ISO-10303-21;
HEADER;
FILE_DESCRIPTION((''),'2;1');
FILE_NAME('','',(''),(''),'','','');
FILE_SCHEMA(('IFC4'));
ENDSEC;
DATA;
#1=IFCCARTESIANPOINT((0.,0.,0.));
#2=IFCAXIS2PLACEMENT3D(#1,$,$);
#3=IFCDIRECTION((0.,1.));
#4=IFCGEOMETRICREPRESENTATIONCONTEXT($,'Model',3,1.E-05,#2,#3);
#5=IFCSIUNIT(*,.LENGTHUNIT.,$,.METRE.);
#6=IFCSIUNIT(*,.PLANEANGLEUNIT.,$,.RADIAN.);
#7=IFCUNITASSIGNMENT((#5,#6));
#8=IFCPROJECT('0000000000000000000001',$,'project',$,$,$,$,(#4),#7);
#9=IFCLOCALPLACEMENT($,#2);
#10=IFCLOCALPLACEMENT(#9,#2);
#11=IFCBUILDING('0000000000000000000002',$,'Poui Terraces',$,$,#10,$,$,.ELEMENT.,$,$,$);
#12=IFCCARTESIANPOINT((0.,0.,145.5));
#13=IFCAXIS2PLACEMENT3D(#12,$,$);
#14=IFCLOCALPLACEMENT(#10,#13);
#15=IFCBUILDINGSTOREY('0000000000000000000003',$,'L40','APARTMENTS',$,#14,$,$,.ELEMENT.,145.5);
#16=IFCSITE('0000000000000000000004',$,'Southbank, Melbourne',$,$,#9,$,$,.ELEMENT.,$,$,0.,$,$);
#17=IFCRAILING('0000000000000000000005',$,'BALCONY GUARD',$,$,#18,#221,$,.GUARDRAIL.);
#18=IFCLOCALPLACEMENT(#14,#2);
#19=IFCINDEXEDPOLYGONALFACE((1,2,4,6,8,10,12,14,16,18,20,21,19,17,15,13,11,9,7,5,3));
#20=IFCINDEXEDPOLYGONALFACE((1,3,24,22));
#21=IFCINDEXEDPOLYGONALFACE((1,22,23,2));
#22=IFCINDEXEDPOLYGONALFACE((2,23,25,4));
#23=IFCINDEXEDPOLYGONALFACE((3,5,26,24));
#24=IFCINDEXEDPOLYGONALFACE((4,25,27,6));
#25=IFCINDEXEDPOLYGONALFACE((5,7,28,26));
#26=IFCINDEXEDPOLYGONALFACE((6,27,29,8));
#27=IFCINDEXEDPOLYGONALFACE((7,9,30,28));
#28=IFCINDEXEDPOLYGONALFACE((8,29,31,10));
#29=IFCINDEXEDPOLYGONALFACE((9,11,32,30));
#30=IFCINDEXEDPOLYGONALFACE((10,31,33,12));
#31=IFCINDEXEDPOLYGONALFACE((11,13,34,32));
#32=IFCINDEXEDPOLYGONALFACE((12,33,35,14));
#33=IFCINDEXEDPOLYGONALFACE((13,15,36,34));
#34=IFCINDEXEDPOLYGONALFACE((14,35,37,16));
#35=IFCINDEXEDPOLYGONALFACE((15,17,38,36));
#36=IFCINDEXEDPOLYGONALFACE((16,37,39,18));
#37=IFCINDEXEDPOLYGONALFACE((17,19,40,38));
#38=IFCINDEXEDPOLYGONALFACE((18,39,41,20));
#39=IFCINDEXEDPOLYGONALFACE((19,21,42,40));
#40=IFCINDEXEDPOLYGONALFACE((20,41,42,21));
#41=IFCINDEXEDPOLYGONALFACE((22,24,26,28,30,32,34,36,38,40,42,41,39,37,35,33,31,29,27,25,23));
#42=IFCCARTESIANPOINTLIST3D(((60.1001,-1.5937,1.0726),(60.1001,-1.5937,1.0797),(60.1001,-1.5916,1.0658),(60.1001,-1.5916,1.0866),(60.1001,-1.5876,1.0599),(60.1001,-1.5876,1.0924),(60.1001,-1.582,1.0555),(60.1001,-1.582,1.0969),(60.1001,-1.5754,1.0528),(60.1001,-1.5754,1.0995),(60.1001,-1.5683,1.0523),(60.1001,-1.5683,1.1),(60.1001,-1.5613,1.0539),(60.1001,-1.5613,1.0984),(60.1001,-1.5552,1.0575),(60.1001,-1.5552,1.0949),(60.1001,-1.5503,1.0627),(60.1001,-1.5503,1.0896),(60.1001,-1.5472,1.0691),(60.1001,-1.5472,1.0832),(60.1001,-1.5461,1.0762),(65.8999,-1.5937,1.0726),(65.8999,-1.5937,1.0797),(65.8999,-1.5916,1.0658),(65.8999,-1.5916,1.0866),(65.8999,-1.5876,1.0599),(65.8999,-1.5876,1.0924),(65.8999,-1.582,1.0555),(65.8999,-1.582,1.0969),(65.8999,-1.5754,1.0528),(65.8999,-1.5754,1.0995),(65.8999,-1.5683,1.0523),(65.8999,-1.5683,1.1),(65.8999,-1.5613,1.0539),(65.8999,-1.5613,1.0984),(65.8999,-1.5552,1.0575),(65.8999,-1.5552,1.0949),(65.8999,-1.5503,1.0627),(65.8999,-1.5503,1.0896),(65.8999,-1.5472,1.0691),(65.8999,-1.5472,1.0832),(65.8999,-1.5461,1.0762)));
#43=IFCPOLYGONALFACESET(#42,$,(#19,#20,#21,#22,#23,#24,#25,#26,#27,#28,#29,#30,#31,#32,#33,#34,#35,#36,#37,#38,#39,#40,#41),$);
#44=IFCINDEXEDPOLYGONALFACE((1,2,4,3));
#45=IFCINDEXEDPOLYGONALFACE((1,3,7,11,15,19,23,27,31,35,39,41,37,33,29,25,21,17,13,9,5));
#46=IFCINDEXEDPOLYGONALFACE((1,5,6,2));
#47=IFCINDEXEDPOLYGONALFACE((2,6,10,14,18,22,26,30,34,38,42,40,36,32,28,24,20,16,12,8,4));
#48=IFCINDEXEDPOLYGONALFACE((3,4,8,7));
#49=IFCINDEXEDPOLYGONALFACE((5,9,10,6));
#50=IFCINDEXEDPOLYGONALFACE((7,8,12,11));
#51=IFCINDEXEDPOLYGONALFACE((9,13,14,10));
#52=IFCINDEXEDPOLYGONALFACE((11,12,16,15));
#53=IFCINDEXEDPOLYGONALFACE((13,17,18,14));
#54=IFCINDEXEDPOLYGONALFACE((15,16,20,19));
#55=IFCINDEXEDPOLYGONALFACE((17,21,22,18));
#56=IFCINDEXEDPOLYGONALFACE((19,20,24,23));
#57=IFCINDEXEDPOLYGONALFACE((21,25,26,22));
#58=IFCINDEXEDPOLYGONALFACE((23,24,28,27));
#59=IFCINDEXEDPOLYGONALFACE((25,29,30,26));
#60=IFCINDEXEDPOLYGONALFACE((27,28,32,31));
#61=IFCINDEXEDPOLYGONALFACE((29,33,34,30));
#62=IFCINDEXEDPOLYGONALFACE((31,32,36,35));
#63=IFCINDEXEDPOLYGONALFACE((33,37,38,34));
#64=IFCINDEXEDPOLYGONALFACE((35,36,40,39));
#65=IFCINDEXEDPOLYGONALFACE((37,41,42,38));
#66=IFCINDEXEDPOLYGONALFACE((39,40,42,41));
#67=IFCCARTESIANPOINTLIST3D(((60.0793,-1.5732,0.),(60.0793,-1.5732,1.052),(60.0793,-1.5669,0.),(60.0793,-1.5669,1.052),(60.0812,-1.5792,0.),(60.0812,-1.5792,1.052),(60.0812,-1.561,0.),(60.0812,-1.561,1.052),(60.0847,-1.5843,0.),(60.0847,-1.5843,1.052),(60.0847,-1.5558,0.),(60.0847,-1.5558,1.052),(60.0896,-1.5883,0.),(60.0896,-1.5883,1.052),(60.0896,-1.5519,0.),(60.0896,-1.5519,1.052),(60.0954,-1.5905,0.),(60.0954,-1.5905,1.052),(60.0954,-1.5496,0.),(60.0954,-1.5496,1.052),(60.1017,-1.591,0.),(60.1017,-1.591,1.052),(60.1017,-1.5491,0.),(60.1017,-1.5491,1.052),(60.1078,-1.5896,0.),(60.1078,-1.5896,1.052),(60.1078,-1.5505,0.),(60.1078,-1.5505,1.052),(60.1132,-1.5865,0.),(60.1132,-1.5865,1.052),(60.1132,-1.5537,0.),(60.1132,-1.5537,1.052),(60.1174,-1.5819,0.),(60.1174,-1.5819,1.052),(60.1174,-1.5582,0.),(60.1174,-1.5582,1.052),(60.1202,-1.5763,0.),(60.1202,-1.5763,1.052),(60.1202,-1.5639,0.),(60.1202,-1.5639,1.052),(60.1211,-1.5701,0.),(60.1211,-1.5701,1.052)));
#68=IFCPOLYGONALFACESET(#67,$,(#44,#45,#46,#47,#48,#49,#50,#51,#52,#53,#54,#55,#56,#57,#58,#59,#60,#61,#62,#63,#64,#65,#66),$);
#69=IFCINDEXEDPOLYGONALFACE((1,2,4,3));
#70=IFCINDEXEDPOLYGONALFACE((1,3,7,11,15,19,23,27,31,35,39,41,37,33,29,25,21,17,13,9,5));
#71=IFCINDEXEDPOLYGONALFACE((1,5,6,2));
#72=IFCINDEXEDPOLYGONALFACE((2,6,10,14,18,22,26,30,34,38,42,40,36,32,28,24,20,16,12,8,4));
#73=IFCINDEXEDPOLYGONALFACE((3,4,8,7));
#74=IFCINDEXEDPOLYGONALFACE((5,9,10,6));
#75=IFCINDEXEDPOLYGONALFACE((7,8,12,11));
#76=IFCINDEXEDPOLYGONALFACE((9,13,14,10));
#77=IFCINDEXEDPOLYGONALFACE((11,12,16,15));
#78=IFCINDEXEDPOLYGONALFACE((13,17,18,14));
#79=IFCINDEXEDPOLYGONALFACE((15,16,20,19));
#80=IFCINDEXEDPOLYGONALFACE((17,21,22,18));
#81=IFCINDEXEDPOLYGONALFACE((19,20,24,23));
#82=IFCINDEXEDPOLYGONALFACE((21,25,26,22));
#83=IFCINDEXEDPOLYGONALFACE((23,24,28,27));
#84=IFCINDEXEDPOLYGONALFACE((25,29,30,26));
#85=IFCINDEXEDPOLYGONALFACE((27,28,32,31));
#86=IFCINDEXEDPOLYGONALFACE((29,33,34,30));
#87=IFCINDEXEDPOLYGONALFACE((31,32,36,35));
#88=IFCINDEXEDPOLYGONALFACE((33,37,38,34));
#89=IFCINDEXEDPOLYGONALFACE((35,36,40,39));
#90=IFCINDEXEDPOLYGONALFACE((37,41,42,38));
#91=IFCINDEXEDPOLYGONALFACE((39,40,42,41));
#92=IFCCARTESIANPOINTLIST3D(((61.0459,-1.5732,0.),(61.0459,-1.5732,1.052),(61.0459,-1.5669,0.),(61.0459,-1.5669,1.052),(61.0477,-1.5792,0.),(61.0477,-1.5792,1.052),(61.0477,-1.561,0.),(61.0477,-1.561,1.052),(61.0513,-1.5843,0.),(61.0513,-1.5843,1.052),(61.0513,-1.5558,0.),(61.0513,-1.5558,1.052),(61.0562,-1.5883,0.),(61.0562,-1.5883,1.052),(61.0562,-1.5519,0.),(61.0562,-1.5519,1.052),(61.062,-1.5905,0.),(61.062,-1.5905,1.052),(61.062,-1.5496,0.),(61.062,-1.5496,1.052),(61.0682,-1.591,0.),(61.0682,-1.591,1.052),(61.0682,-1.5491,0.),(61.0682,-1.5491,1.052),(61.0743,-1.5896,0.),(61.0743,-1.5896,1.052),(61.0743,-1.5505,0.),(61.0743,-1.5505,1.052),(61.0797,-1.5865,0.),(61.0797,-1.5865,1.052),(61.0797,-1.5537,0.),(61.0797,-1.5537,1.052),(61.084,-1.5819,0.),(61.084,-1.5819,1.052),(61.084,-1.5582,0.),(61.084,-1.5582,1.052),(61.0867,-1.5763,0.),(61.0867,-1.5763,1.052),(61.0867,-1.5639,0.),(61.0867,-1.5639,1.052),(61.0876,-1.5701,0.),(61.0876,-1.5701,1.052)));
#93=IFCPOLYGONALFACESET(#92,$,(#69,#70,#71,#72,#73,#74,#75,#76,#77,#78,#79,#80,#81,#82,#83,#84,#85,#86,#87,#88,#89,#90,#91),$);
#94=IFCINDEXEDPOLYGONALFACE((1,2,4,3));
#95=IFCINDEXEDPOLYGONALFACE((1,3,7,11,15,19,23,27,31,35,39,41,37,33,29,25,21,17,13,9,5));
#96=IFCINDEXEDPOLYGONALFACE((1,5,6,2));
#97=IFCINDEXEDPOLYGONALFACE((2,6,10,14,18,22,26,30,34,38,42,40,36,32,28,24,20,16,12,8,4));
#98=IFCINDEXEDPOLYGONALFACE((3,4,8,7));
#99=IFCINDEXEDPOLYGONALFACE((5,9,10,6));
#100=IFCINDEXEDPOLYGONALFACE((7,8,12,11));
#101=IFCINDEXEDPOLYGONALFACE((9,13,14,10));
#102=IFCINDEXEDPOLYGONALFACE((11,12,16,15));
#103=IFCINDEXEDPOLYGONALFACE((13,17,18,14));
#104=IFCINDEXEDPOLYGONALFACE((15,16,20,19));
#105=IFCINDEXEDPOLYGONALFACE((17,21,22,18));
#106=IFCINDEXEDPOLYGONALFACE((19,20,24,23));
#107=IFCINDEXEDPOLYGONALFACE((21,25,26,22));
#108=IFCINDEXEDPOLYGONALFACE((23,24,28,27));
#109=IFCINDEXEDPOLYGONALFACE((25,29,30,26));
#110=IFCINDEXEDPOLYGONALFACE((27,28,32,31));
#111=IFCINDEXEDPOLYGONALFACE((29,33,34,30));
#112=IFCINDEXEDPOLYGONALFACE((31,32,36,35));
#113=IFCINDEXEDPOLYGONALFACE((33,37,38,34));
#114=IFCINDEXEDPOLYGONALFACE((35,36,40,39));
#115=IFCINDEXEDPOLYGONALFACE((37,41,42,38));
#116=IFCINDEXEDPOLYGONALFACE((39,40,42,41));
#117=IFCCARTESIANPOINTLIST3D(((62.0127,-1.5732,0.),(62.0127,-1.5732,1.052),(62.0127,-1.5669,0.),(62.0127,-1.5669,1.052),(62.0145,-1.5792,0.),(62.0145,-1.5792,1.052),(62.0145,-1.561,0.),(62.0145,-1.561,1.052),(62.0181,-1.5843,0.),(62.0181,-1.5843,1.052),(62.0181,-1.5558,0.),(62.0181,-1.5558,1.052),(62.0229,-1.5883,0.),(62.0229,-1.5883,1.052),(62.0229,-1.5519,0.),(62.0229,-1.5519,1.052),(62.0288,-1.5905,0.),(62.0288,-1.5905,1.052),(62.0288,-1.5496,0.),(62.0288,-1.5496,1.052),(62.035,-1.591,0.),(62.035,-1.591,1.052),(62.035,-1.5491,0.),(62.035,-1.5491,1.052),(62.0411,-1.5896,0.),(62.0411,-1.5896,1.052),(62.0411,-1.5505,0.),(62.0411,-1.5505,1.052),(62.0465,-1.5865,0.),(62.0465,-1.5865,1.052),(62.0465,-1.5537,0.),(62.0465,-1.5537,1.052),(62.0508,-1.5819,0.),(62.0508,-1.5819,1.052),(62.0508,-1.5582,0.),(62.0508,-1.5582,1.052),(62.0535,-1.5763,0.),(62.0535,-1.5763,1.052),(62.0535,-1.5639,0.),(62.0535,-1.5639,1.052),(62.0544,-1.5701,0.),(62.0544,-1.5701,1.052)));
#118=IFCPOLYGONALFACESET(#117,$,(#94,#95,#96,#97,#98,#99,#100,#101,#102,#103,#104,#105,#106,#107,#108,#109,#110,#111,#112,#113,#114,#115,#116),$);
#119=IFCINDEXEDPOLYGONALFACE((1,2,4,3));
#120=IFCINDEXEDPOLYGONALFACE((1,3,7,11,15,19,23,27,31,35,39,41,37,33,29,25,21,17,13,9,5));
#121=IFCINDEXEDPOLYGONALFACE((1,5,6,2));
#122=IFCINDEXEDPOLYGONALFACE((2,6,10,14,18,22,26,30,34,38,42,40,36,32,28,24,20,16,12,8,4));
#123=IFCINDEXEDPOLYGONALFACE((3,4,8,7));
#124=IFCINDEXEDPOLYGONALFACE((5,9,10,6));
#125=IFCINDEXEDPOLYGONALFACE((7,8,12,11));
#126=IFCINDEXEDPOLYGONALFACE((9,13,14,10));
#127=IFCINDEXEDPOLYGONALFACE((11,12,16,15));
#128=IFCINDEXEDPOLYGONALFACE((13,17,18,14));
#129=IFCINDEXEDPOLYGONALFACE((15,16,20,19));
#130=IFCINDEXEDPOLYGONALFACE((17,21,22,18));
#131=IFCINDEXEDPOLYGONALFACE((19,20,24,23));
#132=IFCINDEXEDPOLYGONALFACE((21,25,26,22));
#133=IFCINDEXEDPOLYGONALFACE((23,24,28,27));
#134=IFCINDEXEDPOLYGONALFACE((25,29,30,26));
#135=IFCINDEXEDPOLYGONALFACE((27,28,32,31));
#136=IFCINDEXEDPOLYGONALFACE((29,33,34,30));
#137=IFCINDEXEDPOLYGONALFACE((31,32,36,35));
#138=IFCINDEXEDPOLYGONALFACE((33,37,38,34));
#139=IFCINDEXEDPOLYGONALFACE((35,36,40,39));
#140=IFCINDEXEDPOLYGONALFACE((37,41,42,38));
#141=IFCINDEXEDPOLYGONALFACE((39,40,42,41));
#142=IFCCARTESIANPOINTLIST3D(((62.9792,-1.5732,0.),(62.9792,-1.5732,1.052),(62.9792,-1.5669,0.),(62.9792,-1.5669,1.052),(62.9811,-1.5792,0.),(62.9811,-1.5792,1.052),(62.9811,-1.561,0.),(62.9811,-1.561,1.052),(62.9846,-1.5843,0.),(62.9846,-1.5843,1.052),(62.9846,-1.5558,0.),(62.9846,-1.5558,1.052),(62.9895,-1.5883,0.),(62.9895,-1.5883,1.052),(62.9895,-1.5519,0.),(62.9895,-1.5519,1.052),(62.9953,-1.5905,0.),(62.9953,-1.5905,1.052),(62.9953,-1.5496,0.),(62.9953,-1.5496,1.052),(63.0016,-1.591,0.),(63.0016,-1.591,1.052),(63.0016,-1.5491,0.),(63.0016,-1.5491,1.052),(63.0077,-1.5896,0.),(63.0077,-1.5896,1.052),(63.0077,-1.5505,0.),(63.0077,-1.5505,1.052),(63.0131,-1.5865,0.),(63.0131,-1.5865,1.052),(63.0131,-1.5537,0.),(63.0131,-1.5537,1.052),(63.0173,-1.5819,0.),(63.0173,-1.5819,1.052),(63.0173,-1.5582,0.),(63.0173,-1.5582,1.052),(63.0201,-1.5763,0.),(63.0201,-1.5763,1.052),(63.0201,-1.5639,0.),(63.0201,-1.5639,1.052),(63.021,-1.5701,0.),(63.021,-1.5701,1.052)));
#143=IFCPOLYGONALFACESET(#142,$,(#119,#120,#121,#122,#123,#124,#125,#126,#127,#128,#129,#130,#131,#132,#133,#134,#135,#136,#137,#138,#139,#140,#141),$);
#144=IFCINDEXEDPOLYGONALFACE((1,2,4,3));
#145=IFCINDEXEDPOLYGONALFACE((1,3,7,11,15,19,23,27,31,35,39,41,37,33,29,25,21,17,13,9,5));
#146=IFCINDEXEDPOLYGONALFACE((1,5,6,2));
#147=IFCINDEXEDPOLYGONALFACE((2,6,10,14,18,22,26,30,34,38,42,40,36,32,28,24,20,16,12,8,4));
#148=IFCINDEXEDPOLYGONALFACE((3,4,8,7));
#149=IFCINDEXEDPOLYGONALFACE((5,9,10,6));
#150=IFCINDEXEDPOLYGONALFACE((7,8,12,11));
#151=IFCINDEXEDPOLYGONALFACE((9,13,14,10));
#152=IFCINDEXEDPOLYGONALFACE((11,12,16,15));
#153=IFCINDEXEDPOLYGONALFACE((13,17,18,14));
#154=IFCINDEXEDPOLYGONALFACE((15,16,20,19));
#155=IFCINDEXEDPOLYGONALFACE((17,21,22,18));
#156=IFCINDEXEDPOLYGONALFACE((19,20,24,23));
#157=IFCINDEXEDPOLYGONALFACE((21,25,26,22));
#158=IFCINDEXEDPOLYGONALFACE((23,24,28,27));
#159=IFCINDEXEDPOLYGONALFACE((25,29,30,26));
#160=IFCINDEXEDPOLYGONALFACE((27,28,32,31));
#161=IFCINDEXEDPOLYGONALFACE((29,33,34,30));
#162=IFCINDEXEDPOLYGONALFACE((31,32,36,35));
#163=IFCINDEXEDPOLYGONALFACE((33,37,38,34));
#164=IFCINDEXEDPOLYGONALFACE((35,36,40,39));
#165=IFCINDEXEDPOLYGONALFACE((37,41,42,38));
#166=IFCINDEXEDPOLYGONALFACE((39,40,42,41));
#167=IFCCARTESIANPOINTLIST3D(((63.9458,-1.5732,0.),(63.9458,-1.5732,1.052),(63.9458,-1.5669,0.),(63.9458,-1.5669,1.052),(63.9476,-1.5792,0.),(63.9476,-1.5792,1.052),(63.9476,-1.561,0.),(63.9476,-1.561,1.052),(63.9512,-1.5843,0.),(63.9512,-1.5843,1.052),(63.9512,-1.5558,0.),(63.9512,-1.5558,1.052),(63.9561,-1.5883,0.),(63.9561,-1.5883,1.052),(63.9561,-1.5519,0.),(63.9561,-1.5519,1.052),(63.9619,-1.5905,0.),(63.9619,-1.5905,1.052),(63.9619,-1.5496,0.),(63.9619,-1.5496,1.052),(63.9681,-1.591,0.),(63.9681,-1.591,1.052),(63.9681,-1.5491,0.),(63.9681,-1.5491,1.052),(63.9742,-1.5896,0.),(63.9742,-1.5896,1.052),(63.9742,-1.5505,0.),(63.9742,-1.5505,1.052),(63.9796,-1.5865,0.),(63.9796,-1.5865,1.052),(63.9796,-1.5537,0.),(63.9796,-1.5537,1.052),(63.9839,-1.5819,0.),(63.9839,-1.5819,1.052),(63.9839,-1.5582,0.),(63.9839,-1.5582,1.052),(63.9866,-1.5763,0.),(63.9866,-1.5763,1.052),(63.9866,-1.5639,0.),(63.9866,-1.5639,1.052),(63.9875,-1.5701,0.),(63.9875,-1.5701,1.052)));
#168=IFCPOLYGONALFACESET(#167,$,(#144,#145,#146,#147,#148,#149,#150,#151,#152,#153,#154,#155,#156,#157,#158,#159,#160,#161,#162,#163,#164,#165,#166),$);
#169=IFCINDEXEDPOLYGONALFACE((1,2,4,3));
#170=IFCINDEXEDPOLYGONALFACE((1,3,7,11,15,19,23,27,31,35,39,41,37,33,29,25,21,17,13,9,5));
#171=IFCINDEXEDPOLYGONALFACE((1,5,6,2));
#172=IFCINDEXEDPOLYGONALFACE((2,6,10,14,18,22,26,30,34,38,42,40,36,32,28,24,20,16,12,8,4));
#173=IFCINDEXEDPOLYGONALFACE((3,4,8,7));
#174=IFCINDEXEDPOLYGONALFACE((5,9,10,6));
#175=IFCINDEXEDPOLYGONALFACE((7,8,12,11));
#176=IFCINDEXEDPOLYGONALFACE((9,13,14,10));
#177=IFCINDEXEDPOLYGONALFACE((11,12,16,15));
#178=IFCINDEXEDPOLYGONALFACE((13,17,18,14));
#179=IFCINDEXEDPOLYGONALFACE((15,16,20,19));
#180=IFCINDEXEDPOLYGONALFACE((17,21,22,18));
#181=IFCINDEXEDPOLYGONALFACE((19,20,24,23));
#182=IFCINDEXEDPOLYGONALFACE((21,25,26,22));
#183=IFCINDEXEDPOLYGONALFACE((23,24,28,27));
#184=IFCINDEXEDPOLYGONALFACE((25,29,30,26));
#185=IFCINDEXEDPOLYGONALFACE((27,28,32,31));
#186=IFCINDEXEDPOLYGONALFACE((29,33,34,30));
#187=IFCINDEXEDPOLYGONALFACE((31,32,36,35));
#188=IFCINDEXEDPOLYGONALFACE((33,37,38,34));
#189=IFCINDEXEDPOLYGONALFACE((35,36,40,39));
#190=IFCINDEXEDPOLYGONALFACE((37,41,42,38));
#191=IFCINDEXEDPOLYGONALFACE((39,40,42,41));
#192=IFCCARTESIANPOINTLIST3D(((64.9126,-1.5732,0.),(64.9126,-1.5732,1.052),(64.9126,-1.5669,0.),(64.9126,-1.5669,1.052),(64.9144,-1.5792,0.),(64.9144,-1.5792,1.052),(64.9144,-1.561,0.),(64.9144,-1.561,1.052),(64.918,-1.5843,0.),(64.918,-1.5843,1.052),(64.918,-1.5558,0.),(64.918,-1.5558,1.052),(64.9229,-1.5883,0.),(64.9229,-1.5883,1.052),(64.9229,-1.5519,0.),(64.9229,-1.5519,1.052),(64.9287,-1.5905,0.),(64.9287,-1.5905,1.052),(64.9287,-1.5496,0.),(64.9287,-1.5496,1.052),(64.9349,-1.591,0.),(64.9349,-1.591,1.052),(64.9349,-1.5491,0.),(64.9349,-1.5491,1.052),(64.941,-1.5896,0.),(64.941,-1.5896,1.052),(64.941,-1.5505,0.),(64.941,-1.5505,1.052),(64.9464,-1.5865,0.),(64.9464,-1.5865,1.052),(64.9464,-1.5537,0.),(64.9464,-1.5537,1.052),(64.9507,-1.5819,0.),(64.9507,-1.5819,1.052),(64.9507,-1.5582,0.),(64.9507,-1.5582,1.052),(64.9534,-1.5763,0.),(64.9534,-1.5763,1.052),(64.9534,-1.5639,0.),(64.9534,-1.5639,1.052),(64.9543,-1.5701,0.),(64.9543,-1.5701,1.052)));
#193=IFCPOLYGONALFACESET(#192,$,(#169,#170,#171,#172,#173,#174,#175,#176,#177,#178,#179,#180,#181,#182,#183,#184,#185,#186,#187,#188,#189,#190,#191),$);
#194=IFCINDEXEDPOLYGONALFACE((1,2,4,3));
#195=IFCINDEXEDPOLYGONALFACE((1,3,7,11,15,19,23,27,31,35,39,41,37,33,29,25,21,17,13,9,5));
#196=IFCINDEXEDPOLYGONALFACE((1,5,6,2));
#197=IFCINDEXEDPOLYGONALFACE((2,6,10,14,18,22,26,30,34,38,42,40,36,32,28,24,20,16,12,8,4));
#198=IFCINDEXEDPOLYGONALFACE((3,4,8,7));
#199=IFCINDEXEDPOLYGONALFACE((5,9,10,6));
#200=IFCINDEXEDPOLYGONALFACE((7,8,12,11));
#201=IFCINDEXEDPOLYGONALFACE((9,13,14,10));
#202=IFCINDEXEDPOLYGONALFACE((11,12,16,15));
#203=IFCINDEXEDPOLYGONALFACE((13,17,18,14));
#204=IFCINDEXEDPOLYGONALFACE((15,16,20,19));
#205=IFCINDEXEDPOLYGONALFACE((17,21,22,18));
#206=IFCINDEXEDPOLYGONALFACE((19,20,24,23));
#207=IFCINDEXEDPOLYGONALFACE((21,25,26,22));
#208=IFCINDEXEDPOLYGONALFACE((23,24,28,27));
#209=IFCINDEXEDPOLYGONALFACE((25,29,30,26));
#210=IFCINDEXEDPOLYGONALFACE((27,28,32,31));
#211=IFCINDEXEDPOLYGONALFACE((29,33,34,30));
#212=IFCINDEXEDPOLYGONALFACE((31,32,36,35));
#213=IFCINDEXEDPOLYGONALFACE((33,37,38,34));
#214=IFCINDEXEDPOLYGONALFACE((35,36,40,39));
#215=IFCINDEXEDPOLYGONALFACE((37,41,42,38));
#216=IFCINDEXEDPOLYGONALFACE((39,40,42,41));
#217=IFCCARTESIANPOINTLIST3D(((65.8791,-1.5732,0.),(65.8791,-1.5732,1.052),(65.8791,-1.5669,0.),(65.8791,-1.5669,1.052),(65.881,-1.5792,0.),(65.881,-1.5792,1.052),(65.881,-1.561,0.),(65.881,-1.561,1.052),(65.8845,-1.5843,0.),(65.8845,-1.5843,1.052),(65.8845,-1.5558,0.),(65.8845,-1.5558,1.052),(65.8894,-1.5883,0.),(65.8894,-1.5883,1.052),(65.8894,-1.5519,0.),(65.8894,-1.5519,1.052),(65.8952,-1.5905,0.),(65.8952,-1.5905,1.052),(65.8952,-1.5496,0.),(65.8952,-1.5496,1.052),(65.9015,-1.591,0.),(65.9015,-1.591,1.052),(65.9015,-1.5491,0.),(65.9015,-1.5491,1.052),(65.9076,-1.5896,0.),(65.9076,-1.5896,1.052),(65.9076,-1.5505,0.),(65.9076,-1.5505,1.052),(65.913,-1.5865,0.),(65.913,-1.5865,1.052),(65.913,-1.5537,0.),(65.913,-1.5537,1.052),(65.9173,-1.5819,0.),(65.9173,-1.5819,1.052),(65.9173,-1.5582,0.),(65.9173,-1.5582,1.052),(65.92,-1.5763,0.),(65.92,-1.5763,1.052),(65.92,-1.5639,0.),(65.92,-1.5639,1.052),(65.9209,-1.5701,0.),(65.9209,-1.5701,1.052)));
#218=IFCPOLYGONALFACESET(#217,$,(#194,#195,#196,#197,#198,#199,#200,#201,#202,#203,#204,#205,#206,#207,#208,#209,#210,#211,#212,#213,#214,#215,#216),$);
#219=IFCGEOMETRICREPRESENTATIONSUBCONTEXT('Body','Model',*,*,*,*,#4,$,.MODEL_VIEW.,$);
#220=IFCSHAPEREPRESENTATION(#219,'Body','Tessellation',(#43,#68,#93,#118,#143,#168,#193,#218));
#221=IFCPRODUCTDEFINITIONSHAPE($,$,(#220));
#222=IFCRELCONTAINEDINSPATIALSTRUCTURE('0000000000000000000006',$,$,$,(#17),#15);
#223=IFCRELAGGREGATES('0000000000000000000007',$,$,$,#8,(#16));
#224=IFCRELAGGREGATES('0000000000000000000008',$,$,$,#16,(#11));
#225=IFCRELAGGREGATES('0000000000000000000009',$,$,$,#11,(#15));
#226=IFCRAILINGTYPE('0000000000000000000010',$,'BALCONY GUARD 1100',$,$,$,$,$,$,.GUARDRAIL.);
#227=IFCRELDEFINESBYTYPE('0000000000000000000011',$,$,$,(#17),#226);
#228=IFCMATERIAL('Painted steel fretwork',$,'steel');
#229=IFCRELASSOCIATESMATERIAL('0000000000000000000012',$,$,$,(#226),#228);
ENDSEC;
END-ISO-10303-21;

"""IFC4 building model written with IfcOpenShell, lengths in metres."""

from ifc_helpers import new_model, si_unit, direction, frame, origin, origin_2d, place, context, subcontext, project, spatial, circle, extrude, material, type_object, element, save


model = new_model("IFC4")

# Units and contexts
model_context = context("Model", 3, precision=1e-05, world=origin(), true_north=direction((0.0, 1.0)))
body_context = subcontext(model_context, "Body", "Model", "MODEL_VIEW")
ifc_project = project(units=[si_unit("LENGTHUNIT", "METRE"), si_unit("PLANEANGLEUNIT", "RADIAN")], contexts=[model_context])

# Site, building, storey
site_placement = place(None, origin())
site = spatial("IfcSite", under=ifc_project, at=site_placement, Name="Southbank, Melbourne", CompositionType="ELEMENT", RefElevation=0.0)
building_placement = place(site_placement, origin())
building = spatial("IfcBuilding", under=site, at=building_placement, Name="Poui Terraces", CompositionType="ELEMENT")
storey_placement = place(building_placement, frame((0.0, 0.0, 145.5)))
storey = spatial("IfcBuildingStorey", under=building, at=storey_placement, Name="L40", Description="APARTMENTS", CompositionType="ELEMENT", Elevation=145.5)

# Railing
ifc_material_1 = material(Name="Painted steel fretwork", Category="steel")
railing_type = type_object("IfcRailingType", Name="BALCONY GUARD 1100", PredefinedType="GUARDRAIL", material=ifc_material_1)
railing_placement = place(storey_placement, frame((60.1001, -1.5701, 0.0)))
element("IfcRailing", 1, at=railing_placement, inside=storey, type_object=railing_type, Name="BALCONY GUARD", PredefinedType="GUARDRAIL", context=body_context, shape_type="SweptSolid", body=[
    extrude(circle(Radius=0.0239, at=origin_2d()), frame((0.0, 0.0, 1.0762), z_axis=(1.0, 0.0, 0.0), x_axis=(0.0, 1.0, 0.0)), (0.0, 0.0, 1.0), 5.7998),
    extrude(circle(Radius=0.021, at=origin_2d()), origin(), (0.0, 0.0, 1.0), 1.052),
    extrude(circle(Radius=0.021, at=origin_2d()), frame((0.9666, 0.0, 0.0)), (0.0, 0.0, 1.0), 1.052),
    extrude(circle(Radius=0.021, at=origin_2d()), frame((1.9333, 0.0, 0.0)), (0.0, 0.0, 1.0), 1.052),
    extrude(circle(Radius=0.021, at=origin_2d()), frame((2.8999, 0.0, 0.0)), (0.0, 0.0, 1.0), 1.052),
    extrude(circle(Radius=0.021, at=origin_2d()), frame((3.8665, 0.0, 0.0)), (0.0, 0.0, 1.0), 1.052),
    extrude(circle(Radius=0.021, at=origin_2d()), frame((4.8333, 0.0, 0.0)), (0.0, 0.0, 1.0), 1.052),
    extrude(circle(Radius=0.021, at=origin_2d()), frame((5.7998, 0.0, 0.0)), (0.0, 0.0, 1.0), 1.052),
])

save(model, "model.ifc")
